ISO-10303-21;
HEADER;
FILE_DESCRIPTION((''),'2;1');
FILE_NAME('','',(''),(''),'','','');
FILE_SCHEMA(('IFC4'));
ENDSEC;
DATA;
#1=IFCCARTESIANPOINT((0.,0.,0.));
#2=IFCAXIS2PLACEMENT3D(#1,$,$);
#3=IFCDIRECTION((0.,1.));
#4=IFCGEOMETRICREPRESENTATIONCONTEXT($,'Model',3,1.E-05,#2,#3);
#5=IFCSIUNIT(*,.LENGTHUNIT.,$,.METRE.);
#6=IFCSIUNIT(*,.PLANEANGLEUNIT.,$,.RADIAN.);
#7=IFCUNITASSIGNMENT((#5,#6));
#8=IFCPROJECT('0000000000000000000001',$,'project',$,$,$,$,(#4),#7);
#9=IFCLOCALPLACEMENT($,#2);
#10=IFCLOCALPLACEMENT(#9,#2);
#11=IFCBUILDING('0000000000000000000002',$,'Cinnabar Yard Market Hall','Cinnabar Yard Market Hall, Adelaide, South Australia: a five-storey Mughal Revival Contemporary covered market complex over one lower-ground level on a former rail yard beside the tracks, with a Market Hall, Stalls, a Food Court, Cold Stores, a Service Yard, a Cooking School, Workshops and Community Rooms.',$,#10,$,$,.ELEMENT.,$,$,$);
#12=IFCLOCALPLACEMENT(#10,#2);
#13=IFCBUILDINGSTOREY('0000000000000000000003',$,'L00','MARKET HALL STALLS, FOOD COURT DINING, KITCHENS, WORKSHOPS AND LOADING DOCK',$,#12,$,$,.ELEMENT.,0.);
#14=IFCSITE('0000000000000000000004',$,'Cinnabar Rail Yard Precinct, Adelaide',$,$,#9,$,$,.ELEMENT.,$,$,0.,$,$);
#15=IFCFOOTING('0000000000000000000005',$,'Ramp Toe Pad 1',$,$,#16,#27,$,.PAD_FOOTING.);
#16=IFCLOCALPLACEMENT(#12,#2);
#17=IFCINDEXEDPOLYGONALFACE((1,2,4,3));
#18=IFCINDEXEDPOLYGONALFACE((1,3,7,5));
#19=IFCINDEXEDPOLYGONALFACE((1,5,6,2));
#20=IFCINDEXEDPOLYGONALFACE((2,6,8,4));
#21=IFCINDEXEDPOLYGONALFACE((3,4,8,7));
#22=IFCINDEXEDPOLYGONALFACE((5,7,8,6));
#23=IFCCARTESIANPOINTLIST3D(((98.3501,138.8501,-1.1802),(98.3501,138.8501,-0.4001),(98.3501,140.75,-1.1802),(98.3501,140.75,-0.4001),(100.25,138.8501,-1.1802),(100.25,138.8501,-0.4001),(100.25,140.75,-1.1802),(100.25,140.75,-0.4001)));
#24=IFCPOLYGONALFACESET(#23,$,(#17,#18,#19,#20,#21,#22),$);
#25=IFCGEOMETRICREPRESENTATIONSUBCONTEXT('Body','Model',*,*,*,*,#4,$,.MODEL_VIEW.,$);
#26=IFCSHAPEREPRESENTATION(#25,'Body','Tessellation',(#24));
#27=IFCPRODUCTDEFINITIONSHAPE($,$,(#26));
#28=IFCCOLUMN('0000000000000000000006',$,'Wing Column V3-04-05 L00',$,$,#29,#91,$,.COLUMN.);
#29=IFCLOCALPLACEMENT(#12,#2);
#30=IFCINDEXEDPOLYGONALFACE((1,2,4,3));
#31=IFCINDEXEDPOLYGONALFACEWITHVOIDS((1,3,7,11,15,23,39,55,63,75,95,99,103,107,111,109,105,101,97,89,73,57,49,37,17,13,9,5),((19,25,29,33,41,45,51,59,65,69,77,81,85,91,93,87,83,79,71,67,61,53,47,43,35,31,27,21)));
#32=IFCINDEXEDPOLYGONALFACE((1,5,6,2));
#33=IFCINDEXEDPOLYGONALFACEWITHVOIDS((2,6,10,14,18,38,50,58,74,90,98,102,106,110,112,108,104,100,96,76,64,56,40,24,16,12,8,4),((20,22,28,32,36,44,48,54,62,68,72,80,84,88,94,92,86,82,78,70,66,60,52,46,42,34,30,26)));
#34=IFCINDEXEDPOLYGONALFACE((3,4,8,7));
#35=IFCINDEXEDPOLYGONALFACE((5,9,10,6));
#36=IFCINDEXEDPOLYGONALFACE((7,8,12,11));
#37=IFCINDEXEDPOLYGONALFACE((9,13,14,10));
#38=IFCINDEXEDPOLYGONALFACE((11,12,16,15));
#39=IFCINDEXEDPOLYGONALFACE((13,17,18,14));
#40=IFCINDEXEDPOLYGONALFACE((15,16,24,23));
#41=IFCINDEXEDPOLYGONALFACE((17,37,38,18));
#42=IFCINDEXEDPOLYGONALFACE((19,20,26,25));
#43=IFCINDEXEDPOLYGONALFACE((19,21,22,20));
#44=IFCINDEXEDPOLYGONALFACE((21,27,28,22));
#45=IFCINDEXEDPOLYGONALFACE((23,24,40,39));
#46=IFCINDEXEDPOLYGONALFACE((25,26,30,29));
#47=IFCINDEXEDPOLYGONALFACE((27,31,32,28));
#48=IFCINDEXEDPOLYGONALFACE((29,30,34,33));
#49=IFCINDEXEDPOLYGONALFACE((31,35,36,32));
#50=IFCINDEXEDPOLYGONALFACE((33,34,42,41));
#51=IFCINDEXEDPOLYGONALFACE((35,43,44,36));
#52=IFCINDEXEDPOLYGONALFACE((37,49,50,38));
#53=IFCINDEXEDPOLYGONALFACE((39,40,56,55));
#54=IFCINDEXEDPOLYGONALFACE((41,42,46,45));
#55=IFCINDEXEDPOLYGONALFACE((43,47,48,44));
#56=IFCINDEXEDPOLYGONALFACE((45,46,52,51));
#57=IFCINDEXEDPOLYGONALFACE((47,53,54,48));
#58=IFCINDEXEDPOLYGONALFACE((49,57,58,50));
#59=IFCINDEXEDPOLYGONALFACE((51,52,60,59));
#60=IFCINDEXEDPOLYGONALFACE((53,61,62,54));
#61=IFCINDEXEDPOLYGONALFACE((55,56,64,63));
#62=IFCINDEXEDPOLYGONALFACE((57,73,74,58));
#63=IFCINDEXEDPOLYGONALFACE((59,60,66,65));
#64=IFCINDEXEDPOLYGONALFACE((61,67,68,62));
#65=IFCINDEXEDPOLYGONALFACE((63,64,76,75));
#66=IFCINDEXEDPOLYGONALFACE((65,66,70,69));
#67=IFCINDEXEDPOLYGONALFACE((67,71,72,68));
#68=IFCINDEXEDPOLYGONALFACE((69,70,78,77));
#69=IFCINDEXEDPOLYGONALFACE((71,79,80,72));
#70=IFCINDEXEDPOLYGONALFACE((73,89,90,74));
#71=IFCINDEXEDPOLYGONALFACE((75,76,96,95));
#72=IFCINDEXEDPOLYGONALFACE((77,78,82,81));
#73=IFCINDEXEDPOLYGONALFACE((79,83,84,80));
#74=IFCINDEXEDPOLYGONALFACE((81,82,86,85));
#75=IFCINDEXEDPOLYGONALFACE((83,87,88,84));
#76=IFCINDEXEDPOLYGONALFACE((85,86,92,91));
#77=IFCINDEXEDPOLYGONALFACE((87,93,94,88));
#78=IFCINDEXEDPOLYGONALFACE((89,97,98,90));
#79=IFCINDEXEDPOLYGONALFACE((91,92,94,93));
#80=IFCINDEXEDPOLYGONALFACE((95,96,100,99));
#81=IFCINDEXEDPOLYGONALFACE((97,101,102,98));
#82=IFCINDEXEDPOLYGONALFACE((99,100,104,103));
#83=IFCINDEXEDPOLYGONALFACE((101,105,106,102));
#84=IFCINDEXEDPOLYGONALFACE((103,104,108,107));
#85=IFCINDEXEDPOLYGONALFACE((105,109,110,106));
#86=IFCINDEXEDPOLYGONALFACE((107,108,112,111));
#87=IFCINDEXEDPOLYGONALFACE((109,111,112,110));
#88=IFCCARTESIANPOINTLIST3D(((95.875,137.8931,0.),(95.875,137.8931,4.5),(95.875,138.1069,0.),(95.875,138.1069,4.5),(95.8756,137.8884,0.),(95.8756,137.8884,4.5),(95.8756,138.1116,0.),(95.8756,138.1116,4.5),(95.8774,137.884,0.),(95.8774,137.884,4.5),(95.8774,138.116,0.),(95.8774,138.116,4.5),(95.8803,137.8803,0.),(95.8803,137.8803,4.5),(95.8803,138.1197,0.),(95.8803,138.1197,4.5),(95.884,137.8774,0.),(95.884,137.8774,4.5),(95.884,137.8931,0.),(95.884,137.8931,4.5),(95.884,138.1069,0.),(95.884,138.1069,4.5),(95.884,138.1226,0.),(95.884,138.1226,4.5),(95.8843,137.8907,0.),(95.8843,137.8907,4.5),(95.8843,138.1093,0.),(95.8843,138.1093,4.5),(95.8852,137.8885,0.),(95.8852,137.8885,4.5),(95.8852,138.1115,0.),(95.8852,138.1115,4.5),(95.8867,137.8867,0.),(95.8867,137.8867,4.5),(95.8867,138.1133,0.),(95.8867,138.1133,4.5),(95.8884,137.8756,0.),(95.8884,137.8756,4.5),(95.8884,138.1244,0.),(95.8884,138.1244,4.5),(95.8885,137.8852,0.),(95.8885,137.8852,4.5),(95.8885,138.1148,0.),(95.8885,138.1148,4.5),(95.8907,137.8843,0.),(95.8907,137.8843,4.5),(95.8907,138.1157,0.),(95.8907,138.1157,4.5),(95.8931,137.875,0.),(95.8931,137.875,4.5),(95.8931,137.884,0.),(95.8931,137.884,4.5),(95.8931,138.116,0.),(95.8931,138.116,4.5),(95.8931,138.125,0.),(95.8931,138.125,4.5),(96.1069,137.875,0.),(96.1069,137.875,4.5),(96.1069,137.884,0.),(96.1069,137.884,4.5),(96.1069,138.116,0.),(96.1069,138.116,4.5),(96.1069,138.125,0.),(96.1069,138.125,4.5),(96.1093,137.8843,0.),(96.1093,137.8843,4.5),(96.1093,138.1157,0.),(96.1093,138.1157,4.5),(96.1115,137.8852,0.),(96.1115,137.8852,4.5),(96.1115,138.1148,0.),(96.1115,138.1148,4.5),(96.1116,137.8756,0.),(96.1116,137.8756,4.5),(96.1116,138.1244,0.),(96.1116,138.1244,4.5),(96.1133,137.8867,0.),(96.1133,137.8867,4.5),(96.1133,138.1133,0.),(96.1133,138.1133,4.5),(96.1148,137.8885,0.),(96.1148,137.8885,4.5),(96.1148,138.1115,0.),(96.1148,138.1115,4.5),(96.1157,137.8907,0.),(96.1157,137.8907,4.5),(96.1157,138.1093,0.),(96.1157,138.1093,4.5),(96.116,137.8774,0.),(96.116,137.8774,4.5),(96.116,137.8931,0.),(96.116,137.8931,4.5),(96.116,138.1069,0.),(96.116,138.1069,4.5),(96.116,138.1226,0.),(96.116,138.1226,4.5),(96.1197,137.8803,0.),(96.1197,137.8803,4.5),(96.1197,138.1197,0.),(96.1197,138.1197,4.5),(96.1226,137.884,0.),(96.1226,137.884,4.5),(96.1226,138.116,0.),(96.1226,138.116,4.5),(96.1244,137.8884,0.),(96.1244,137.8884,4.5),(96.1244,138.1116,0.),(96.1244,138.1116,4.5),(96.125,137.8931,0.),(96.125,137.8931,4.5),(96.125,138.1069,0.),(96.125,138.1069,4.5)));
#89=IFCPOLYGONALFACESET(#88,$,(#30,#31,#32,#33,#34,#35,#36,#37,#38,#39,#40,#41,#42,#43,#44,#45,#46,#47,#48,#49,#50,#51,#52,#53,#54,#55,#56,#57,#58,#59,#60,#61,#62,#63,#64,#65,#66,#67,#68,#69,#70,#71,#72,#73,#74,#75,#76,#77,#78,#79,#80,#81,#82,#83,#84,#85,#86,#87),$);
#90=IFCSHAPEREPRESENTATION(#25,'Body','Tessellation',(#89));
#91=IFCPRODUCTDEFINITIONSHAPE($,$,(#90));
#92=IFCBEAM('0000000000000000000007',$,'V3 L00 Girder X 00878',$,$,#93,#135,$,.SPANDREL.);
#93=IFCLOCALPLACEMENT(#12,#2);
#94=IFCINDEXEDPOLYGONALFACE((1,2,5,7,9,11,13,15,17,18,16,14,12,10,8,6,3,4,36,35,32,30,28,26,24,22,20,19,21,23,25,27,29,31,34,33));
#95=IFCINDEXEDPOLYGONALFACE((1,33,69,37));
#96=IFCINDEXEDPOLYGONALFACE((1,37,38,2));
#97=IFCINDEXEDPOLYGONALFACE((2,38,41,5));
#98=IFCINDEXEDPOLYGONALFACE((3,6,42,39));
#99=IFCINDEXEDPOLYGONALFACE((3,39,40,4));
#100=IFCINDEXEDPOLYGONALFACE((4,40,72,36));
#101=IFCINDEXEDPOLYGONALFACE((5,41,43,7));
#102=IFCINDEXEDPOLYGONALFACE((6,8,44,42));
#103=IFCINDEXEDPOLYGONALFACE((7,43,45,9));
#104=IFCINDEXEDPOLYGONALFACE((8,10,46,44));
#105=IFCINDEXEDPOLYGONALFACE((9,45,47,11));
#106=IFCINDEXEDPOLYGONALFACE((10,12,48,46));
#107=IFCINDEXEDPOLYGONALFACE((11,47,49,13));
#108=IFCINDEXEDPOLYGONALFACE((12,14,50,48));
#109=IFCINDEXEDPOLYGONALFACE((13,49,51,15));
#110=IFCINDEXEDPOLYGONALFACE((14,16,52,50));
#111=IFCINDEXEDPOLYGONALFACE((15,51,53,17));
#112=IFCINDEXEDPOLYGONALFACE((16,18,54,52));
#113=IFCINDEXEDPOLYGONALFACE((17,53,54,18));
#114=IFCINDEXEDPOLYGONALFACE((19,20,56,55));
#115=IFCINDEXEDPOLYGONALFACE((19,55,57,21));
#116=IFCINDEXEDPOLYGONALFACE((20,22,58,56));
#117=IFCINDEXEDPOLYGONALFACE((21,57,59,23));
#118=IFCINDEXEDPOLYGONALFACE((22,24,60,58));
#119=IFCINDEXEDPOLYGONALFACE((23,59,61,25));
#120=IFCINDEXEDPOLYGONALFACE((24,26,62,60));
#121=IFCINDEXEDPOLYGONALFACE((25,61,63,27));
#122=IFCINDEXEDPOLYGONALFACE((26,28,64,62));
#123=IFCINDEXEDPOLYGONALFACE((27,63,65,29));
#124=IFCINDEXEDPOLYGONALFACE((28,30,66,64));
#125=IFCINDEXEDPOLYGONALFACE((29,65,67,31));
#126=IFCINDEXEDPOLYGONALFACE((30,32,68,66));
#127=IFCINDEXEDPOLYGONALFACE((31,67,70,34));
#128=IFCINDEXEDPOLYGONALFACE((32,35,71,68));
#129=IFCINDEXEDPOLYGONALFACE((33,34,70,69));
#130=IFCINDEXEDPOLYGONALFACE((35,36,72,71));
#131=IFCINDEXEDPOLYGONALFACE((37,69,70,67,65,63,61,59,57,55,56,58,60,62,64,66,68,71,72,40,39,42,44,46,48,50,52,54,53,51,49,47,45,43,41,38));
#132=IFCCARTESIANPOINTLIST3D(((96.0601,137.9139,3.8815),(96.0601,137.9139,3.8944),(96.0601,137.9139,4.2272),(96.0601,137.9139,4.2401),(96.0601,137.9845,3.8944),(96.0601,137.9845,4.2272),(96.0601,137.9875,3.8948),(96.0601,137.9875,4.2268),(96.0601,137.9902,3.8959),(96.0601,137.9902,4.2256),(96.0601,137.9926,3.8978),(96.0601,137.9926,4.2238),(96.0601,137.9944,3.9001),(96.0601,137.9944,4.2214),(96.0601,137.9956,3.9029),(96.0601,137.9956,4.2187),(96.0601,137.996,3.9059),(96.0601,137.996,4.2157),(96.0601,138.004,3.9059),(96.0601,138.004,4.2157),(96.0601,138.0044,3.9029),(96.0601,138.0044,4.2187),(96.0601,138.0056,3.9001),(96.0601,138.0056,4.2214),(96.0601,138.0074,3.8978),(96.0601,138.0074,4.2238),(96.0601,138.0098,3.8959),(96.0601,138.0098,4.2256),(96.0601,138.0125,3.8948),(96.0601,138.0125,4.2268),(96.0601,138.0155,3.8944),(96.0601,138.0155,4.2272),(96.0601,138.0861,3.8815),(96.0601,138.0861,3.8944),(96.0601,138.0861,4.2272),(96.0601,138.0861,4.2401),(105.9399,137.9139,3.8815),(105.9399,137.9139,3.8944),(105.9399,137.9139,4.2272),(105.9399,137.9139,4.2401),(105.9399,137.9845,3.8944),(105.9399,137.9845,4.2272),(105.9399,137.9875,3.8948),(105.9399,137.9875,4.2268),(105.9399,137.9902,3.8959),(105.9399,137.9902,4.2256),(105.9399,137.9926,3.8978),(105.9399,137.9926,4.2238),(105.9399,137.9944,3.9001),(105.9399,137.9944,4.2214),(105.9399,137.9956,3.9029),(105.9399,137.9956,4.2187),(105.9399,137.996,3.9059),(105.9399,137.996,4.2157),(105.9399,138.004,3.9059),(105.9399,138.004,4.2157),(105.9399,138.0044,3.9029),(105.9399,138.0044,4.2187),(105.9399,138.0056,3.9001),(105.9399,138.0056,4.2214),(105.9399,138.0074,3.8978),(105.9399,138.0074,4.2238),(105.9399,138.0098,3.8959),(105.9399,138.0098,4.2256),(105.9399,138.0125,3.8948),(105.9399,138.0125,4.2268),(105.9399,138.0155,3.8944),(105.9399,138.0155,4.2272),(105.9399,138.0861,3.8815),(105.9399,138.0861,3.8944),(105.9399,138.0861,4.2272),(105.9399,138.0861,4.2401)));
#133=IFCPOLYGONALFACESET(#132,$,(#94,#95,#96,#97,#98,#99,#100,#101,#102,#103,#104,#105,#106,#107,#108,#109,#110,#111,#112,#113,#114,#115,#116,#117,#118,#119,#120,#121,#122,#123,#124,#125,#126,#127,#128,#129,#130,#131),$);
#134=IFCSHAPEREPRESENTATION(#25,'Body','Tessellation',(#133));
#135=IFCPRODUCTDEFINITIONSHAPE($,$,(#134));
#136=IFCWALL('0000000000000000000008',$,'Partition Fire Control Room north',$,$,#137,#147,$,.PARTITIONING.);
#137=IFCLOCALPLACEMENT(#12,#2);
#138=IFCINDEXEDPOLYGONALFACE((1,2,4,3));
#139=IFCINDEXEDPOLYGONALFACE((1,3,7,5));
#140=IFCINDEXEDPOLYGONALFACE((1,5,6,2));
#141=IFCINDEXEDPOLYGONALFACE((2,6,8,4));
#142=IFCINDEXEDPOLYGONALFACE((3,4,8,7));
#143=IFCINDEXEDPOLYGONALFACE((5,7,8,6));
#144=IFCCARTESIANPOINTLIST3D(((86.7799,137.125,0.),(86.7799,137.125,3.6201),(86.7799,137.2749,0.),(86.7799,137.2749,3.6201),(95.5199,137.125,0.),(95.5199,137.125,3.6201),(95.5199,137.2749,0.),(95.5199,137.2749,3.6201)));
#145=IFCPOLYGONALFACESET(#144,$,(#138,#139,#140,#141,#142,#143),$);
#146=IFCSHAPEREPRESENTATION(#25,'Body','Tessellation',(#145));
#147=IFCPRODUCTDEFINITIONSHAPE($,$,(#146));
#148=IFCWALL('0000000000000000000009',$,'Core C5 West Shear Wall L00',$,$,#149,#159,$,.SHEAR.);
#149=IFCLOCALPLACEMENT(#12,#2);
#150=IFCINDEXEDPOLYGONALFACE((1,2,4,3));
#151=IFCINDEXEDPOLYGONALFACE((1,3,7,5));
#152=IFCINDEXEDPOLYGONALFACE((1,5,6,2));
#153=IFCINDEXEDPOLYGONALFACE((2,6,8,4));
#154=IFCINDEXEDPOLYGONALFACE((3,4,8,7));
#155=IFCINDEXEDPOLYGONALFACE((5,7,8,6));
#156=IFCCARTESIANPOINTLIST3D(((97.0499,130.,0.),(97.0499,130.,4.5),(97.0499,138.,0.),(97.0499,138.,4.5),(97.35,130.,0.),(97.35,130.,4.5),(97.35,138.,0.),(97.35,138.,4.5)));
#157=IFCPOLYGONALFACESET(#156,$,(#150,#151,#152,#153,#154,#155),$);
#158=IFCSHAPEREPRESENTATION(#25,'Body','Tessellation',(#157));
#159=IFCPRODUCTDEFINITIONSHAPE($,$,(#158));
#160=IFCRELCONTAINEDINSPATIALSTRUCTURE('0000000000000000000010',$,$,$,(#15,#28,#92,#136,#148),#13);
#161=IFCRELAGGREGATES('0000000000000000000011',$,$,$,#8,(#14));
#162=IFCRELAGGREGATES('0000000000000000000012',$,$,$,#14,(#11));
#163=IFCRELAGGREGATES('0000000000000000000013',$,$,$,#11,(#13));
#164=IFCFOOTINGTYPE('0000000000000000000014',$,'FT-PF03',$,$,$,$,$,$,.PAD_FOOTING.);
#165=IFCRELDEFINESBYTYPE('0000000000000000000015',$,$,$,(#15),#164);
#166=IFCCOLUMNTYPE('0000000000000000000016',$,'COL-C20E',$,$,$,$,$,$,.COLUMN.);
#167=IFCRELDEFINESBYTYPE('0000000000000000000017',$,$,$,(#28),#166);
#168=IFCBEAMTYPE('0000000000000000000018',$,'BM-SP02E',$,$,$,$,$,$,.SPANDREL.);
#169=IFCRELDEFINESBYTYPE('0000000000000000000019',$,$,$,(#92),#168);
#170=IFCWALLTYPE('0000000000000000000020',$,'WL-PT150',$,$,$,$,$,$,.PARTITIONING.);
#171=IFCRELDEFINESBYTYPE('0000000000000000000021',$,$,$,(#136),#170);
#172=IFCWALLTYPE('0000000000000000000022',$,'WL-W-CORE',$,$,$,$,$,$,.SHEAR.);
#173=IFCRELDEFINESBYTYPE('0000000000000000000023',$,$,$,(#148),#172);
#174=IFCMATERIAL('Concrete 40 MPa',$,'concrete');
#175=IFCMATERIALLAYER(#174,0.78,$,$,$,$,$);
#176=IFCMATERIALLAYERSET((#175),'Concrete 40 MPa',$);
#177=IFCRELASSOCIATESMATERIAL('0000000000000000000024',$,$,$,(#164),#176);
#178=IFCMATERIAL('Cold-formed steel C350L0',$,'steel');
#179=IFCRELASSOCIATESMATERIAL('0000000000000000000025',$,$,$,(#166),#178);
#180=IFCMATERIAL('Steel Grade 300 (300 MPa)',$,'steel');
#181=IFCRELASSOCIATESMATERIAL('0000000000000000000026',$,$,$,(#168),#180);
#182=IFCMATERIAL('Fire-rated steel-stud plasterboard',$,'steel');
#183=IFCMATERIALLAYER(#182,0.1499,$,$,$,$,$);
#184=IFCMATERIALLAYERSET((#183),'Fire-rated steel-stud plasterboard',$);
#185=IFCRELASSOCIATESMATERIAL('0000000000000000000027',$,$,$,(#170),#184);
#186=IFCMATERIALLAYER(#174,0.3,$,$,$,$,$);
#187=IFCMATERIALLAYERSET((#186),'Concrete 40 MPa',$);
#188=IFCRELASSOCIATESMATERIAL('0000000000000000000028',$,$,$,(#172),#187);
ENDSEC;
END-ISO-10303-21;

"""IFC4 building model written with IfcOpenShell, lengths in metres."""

from ifc_helpers import new_model, si_unit, direction, frame, frame_2d, origin, origin_2d_with_axis, place, context, subcontext, project, spatial, rectangle, hollow_rectangle, i_section, extrude, material, layer, layer_set, material_profile, profile_set, type_object, element, save


model = new_model("IFC4")

# Units and contexts
model_context = context("Model", 3, precision=1e-05, world=origin(), true_north=direction((0.0, 1.0)))
body_context = subcontext(model_context, "Body", "Model", "MODEL_VIEW")
ifc_project = project(units=[si_unit("LENGTHUNIT", "METRE"), si_unit("PLANEANGLEUNIT", "RADIAN")], contexts=[model_context])

# Site, building, storey
site_placement = place(None, origin())
site = spatial("IfcSite", under=ifc_project, at=site_placement, Name="Cinnabar Rail Yard Precinct, Adelaide", CompositionType="ELEMENT", RefElevation=0.0)
building_placement = place(site_placement, origin())
building = spatial("IfcBuilding", under=site, at=building_placement, Name="Cinnabar Yard Market Hall", Description="Cinnabar Yard Market Hall, Adelaide, South Australia: a five-storey Mughal Revival Contemporary covered market complex over one lower-ground level on a former rail yard beside the tracks, with a Market Hall, Stalls, a Food Court, Cold Stores, a Service Yard, a Cooking School, Workshops and Community Rooms.", CompositionType="ELEMENT")
storey_placement = place(building_placement, origin())
storey = spatial("IfcBuildingStorey", under=building, at=storey_placement, Name="L00", Description="MARKET HALL STALLS, FOOD COURT DINING, KITCHENS, WORKSHOPS AND LOADING DOCK", CompositionType="ELEMENT", Elevation=0.0)

# Footing
ifc_material_1 = material(Name="Concrete 40 MPa", Category="concrete")
ifc_layer_1 = layer(ifc_material_1, 0.78)
ifc_layer_set_1 = layer_set([ifc_layer_1], Name="Concrete 40 MPa")
footing_type = type_object("IfcFootingType", Name="FT-PF03", PredefinedType="PAD_FOOTING", material=ifc_layer_set_1)
footing_placement = place(storey_placement, frame((99.3, 139.8, -1.1802), z_axis=(0.0, 0.0, 1.0), x_axis=(1.0, 0.0, 0.0)))
element("IfcFooting", 1, at=footing_placement, inside=storey, type_object=footing_type, Name="Ramp Toe Pad 1", PredefinedType="PAD_FOOTING", context=body_context, shape_type="SweptSolid", body=[
    extrude(rectangle(XDim=1.8999, YDim=1.8999, at=origin_2d_with_axis()), origin(), (0.0, 0.0, 1.0), 0.78),
])

# Column
ifc_material_2 = material(Name="Cold-formed steel C350L0", Category="steel")
ifc_material_profile_1 = material_profile(ifc_material_2, hollow_rectangle(XDim=0.25, YDim=0.25, WallThickness=0.009, InnerFilletRadius=0.009, OuterFilletRadius=0.0181, at=origin_2d_with_axis()), Name="250x250x9.0SHS")
ifc_profile_set_1 = profile_set([ifc_material_profile_1], Name="Cold-formed steel C350L0")
column_type = type_object("IfcColumnType", Name="COL-C20E", PredefinedType="COLUMN", material=ifc_profile_set_1)
column_placement = place(storey_placement, frame((96.0, 138.0, 0.0), z_axis=(0.0, 0.0, 1.0), x_axis=(1.0, 0.0, 0.0)))
element("IfcColumn", 2, at=column_placement, inside=storey, type_object=column_type, Name="Wing Column V3-04-05 L00", PredefinedType="COLUMN", context=body_context, shape_type="SweptSolid", body=[
    extrude(hollow_rectangle(XDim=0.25, YDim=0.25, WallThickness=0.009, InnerFilletRadius=0.009, OuterFilletRadius=0.0181, at=origin_2d_with_axis()), origin(), (0.0, 0.0, 1.0), 4.5),
])

# Beam
ifc_material_3 = material(Name="Steel Grade 300 (300 MPa)", Category="steel")
ifc_material_profile_2 = material_profile(ifc_material_3, i_section(OverallWidth=0.1721, OverallDepth=0.3586, WebThickness=0.0081, FlangeThickness=0.0129, FilletRadius=0.0115, at=origin_2d_with_axis()), Name="360UB56.7")
ifc_profile_set_2 = profile_set([ifc_material_profile_2], Name="Steel Grade 300 (300 MPa)")
beam_type = type_object("IfcBeamType", Name="BM-SP02E", PredefinedType="SPANDREL", material=ifc_profile_set_2)
beam_placement = place(storey_placement, frame((96.0601, 138.0, 4.0608), z_axis=(1.0, 0.0, 0.0), x_axis=(0.0, 1.0, 0.0)))
element("IfcBeam", 3, at=beam_placement, inside=storey, type_object=beam_type, Name="V3 L00 Girder X 00878", PredefinedType="SPANDREL", context=body_context, shape_type="SweptSolid", body=[
    extrude(i_section(OverallWidth=0.1721, OverallDepth=0.3586, WebThickness=0.0081, FlangeThickness=0.0129, FilletRadius=0.0115, at=origin_2d_with_axis()), origin(), (0.0, 0.0, 1.0), 9.8799),
])

# Walls
ifc_material_4 = material(Name="Fire-rated steel-stud plasterboard", Category="steel")
ifc_layer_2 = layer(ifc_material_4, 0.1499)
ifc_layer_set_2 = layer_set([ifc_layer_2], Name="Fire-rated steel-stud plasterboard")
wall_type_1 = type_object("IfcWallType", Name="WL-PT150", PredefinedType="PARTITIONING", material=ifc_layer_set_2)
wall_1_placement = place(storey_placement, frame((95.52, 137.2, 0.0), z_axis=(0.0, 0.0, 1.0), x_axis=(-1.0, 0.0, 0.0)))
element("IfcWall", 4, at=wall_1_placement, inside=storey, type_object=wall_type_1, Name="Partition Fire Control Room north", PredefinedType="PARTITIONING", context=body_context, shape_type="SweptSolid", body=[
    extrude(rectangle(XDim=8.74, YDim=0.1499, at=frame_2d((4.3701, 0.0), x_axis=(1.0, 0.0))), origin(), (0.0, 0.0, 1.0), 3.6201),
])
ifc_layer_3 = layer(ifc_material_1, 0.3)
ifc_layer_set_3 = layer_set([ifc_layer_3], Name="Concrete 40 MPa")
wall_type_2 = type_object("IfcWallType", Name="WL-W-CORE", PredefinedType="SHEAR", material=ifc_layer_set_3)
wall_2_placement = place(storey_placement, frame((97.2, 138.0, 0.0), z_axis=(0.0, 0.0, 1.0), x_axis=(0.0, -1.0, 0.0)))
element("IfcWall", 5, at=wall_2_placement, inside=storey, type_object=wall_type_2, Name="Core C5 West Shear Wall L00", PredefinedType="SHEAR", context=body_context, shape_type="SweptSolid", body=[
    extrude(rectangle(XDim=8.0, YDim=0.3, at=frame_2d((4.0, 0.0), x_axis=(1.0, 0.0))), origin(), (0.0, 0.0, 1.0), 4.5),
])

save(model, "model.ifc")
